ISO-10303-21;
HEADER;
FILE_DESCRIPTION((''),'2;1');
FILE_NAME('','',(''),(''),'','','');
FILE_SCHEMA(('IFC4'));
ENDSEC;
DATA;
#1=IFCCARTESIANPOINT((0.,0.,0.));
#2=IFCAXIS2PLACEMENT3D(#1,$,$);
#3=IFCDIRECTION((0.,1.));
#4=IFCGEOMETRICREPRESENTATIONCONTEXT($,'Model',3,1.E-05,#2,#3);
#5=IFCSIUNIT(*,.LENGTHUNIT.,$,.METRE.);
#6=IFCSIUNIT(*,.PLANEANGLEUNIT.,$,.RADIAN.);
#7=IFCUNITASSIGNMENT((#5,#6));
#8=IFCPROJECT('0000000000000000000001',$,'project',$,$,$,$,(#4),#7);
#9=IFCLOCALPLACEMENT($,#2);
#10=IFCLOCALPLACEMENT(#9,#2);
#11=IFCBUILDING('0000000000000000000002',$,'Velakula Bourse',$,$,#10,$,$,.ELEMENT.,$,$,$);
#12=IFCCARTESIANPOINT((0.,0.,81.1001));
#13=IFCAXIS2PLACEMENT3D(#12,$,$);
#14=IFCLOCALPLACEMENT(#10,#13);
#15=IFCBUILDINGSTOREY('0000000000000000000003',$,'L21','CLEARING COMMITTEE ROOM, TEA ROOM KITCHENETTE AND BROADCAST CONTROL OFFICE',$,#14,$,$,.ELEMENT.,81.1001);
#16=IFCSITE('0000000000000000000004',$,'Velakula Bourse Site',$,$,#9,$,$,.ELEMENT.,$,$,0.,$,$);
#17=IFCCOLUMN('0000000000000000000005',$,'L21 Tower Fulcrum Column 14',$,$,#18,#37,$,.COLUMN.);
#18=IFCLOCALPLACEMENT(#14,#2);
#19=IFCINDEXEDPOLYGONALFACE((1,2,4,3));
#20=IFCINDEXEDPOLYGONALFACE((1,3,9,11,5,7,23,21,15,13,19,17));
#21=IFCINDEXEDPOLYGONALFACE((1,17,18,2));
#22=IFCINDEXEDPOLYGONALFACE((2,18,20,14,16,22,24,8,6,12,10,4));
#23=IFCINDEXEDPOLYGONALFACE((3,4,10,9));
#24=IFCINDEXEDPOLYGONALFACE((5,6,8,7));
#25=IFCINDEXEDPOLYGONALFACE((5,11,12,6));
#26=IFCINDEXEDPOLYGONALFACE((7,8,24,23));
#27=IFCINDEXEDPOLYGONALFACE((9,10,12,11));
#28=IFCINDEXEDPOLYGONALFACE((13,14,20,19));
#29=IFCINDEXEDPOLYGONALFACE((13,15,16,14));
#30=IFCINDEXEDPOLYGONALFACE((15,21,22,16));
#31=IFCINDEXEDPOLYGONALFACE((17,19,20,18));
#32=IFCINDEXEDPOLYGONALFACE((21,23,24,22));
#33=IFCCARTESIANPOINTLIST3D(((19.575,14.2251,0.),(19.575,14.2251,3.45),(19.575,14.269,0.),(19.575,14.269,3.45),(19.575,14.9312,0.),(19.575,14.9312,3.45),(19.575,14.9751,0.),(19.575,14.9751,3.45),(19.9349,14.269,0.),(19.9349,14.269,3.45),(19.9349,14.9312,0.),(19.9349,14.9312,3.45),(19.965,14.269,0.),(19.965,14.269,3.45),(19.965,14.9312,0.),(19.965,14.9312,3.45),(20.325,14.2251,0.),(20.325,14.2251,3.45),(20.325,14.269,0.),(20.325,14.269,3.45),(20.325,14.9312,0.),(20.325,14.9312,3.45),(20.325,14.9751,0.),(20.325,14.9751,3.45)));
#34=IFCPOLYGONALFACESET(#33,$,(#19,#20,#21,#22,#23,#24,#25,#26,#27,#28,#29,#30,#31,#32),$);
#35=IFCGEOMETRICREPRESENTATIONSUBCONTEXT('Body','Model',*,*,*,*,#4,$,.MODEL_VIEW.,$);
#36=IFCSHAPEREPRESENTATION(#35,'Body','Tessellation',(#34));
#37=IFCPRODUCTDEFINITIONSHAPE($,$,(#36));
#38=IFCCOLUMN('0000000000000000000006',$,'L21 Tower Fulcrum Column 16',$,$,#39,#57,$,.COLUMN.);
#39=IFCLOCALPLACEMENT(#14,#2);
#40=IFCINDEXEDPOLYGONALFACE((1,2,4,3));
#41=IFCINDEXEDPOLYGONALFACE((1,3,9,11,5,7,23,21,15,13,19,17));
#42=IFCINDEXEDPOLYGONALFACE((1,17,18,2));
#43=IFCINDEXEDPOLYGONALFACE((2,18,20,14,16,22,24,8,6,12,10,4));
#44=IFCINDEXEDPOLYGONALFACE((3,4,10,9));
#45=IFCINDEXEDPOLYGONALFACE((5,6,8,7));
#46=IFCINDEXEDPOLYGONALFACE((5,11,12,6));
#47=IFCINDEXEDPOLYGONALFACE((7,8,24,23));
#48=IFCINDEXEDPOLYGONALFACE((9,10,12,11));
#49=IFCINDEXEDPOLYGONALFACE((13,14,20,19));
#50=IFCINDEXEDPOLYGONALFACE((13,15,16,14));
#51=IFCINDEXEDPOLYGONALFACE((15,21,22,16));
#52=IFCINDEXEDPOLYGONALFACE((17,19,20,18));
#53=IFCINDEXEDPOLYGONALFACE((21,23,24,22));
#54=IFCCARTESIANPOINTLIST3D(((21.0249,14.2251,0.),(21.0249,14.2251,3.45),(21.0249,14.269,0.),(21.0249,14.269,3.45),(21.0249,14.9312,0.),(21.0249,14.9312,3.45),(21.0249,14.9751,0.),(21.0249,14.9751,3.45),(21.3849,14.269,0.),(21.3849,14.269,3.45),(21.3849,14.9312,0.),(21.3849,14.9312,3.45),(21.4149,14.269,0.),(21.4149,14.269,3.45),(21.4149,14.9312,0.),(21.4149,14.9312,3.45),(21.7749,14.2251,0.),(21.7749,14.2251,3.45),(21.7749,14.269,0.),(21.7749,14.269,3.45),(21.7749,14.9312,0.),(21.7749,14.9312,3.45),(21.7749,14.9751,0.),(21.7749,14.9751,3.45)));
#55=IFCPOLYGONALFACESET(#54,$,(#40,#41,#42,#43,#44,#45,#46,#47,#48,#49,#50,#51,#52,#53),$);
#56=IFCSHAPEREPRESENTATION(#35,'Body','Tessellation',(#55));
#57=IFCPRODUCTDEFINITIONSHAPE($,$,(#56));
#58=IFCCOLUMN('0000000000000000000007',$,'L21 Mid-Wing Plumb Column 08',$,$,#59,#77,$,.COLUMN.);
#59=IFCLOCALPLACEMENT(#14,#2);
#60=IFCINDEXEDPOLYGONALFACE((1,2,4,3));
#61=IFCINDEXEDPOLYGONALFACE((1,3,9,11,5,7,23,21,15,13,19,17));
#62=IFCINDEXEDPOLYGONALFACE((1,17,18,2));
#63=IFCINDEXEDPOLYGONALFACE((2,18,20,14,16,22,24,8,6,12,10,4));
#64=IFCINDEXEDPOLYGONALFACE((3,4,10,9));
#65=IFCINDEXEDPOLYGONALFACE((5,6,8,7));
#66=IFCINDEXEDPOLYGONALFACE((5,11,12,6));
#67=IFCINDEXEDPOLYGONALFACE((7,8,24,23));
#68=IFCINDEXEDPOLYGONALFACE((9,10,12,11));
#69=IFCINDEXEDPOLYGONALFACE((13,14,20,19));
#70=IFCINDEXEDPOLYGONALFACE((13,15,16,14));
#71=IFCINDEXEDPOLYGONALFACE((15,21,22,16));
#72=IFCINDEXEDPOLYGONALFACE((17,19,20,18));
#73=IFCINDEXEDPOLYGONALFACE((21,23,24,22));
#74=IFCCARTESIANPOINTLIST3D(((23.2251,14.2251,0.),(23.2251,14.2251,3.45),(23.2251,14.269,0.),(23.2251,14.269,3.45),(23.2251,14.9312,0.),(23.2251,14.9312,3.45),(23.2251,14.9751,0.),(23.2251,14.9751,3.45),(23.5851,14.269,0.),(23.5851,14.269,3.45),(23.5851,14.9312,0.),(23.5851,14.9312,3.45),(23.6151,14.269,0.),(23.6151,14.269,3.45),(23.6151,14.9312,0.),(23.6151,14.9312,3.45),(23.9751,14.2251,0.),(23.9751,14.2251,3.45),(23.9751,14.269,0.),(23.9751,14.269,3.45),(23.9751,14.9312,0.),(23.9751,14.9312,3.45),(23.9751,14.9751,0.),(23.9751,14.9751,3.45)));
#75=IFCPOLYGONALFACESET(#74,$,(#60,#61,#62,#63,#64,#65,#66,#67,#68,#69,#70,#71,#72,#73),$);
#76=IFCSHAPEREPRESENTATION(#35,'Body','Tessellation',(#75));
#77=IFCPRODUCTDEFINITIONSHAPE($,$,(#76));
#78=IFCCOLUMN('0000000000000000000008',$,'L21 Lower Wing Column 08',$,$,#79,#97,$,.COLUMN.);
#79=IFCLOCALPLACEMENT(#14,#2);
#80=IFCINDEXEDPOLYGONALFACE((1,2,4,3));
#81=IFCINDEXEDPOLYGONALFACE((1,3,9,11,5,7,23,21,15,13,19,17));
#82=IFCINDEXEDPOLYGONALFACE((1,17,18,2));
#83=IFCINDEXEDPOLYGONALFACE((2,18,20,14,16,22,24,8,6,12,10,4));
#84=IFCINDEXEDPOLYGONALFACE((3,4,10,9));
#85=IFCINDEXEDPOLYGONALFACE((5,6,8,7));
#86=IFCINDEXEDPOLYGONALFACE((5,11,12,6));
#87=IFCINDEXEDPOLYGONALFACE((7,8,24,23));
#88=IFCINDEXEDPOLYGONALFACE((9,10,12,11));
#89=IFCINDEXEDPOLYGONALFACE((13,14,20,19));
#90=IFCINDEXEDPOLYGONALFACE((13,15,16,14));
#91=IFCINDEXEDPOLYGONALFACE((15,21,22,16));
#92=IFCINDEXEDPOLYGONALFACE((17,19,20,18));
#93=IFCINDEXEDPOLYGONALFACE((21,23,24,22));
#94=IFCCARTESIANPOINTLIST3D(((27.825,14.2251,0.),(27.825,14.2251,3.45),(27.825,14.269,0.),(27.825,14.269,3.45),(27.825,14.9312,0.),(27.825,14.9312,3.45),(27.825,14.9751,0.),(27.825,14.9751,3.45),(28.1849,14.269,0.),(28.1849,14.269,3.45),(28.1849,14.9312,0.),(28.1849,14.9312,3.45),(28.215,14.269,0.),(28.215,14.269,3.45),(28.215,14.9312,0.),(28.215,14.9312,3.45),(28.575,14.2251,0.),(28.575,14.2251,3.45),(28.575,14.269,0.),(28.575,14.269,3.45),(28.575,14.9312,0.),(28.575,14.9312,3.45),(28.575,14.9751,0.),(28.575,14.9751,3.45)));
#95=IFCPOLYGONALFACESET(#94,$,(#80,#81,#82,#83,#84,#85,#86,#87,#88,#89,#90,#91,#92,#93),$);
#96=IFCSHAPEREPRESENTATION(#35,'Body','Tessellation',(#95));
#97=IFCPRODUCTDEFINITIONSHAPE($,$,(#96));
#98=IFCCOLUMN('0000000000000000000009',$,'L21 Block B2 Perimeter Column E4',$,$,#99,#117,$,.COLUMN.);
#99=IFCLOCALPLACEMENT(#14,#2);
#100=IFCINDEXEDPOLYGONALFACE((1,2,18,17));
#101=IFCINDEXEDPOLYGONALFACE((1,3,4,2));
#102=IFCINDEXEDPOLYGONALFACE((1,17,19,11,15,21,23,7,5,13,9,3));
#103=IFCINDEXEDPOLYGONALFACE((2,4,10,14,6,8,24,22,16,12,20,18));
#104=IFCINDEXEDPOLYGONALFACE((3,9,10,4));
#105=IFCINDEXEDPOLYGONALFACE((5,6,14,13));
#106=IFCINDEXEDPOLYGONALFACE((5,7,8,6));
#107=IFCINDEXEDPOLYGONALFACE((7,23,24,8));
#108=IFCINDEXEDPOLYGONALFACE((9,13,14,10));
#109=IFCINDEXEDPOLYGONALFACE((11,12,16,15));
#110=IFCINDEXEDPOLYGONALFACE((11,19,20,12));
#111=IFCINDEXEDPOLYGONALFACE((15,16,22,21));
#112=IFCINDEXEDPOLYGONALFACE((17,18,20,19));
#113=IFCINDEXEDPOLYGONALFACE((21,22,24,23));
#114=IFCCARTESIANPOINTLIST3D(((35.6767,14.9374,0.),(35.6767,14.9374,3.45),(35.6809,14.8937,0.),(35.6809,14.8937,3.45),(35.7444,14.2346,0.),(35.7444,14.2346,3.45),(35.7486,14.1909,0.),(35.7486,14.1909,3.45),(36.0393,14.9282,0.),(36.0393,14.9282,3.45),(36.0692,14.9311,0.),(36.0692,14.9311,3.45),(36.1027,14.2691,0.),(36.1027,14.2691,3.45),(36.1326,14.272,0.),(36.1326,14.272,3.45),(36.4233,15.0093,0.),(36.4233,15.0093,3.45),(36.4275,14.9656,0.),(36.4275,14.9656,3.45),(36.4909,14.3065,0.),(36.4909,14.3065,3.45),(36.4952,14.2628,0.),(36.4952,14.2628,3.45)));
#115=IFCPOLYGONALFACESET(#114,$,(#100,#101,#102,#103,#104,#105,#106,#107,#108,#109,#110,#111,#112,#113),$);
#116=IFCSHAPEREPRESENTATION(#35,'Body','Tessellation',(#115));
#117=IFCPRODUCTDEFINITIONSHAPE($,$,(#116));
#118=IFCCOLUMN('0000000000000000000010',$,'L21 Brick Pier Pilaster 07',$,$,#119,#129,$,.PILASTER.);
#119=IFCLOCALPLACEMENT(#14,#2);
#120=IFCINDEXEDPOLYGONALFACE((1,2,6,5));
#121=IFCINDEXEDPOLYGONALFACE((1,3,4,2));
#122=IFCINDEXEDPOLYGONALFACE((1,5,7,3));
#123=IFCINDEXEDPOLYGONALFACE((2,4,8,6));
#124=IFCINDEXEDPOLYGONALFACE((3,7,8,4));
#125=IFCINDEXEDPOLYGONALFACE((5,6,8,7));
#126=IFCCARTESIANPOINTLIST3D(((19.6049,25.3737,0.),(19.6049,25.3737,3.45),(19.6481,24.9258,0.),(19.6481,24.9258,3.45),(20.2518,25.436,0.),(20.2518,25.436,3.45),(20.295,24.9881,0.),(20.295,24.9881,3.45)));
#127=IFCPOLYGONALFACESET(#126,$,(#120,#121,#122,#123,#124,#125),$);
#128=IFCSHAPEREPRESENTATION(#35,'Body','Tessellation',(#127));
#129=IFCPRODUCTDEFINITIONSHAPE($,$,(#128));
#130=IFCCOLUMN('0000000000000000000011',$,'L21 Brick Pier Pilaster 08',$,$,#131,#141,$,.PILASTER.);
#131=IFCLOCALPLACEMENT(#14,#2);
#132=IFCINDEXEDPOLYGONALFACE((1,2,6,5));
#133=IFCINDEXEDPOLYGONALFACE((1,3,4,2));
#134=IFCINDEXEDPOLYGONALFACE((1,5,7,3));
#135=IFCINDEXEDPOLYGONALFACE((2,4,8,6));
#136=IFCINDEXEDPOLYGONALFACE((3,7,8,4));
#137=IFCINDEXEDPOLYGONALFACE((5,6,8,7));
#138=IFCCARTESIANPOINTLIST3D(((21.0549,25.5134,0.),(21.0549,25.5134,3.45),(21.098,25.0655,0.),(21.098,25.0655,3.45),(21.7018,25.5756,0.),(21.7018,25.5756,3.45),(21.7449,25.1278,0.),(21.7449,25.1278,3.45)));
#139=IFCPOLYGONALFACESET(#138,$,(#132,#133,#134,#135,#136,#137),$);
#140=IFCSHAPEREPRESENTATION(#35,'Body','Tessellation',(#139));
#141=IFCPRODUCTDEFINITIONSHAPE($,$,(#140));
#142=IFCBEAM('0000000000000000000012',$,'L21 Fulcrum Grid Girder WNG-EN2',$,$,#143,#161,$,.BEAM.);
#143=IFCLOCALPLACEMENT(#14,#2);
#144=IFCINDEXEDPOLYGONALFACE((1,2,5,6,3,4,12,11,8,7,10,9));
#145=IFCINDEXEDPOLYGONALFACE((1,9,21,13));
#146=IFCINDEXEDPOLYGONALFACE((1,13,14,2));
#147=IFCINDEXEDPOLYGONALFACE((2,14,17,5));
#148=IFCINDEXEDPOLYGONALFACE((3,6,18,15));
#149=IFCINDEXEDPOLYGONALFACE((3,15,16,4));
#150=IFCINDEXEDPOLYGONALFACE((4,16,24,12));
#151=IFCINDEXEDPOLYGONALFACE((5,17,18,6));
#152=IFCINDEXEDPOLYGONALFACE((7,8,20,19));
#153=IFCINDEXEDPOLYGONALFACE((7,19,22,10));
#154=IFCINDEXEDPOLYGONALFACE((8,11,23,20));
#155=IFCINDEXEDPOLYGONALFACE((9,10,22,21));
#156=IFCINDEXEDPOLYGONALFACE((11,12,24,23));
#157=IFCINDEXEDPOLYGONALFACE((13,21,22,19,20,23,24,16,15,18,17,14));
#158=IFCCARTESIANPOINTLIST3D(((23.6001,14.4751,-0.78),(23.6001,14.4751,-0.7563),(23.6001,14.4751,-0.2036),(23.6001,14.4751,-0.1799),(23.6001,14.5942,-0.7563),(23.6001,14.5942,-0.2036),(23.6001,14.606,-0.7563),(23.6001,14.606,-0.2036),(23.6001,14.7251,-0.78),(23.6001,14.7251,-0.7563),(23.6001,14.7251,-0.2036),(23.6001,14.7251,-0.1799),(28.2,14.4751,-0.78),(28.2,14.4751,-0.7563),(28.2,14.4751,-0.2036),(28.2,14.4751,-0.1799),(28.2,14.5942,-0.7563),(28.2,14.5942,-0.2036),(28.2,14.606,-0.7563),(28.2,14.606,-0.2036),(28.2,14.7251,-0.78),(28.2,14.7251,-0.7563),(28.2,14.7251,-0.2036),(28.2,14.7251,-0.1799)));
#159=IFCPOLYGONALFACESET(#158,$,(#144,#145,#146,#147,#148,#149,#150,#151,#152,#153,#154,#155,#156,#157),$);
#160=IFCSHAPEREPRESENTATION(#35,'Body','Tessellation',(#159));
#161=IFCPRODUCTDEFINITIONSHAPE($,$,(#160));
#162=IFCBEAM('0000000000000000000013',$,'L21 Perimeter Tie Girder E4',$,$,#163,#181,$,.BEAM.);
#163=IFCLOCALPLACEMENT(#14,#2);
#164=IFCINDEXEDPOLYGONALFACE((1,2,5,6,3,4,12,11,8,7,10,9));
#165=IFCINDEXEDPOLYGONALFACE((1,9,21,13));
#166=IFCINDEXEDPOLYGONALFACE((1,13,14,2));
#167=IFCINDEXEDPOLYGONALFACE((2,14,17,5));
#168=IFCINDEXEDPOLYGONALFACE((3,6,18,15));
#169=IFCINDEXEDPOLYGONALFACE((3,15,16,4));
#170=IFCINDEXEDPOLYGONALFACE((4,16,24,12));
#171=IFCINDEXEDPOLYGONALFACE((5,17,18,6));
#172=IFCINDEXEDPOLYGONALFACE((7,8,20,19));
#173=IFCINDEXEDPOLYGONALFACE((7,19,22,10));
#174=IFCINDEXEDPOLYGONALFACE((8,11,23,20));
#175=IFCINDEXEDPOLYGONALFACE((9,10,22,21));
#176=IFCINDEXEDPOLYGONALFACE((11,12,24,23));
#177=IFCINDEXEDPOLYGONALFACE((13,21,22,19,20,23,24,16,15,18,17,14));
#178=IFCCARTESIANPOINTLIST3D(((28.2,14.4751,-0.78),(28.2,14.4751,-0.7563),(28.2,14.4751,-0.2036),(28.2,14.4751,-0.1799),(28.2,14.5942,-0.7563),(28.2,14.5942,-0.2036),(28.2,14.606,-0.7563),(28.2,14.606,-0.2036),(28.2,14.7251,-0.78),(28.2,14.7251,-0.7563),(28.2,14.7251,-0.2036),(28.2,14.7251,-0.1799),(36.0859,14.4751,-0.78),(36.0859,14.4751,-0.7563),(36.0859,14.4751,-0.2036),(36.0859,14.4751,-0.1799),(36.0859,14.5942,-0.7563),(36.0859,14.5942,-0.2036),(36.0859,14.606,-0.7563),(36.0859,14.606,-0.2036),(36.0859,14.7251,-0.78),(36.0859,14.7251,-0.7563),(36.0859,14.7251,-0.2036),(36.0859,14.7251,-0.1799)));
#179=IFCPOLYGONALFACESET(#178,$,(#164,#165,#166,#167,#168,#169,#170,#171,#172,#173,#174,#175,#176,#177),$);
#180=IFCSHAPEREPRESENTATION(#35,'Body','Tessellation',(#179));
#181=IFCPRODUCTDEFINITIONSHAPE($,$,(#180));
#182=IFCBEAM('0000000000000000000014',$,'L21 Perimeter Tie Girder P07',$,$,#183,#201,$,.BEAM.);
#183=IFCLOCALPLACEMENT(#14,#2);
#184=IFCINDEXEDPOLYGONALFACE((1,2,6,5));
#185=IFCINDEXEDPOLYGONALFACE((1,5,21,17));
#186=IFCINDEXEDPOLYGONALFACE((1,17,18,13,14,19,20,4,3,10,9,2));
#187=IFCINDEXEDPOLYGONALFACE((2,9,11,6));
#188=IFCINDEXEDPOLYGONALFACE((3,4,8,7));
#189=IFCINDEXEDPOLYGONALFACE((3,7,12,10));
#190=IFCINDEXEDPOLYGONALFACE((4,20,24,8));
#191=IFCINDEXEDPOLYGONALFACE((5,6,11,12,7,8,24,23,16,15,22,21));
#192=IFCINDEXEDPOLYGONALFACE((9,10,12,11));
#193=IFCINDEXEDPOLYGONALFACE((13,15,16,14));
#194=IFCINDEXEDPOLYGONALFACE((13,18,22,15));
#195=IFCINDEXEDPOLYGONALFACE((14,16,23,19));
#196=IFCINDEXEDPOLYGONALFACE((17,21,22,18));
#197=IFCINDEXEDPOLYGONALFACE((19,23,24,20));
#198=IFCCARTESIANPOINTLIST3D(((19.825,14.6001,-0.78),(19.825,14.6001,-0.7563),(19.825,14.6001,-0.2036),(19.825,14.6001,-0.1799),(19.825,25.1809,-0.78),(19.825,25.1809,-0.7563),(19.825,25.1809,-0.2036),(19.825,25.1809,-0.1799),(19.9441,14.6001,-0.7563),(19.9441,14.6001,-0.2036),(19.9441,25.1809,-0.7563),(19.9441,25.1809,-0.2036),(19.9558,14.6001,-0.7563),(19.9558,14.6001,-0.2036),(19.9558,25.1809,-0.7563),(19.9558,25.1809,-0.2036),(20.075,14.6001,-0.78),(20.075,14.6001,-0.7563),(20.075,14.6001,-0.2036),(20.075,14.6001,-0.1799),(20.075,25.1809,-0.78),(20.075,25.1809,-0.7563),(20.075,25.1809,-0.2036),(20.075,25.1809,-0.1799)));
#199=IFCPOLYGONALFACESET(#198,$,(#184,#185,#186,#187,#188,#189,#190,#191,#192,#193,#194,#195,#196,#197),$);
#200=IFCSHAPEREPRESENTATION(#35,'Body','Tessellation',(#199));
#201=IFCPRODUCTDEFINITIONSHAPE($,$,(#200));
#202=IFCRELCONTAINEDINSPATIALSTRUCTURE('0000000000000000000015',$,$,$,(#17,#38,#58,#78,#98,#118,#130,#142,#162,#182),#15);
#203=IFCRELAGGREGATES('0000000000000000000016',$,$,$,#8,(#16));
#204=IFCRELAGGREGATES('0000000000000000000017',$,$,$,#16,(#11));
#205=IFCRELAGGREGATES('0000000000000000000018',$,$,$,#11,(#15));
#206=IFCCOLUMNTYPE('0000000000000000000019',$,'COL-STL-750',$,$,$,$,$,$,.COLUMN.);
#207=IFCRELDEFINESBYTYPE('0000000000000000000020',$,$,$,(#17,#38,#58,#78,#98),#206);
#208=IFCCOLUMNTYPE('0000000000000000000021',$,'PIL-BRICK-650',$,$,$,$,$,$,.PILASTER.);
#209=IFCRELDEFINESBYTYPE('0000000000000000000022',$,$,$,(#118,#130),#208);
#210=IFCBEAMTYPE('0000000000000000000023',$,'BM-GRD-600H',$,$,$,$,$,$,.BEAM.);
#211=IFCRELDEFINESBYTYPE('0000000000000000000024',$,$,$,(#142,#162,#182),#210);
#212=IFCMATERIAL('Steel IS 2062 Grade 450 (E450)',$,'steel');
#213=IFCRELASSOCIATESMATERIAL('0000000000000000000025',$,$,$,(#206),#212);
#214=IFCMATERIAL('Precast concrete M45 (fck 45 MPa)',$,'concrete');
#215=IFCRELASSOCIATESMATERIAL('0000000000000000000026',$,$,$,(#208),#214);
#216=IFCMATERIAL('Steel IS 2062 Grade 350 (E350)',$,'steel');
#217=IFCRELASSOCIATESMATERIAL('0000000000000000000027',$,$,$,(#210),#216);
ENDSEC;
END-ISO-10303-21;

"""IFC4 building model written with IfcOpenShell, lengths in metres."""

from ifc_helpers import new_model, si_unit, direction, frame, origin, origin_2d, place, context, subcontext, project, spatial, rectangle, i_section, extrude, material, material_profile, profile_set, type_object, element, save


model = new_model("IFC4")

# Units and contexts
model_context = context("Model", 3, precision=1e-05, world=origin(), true_north=direction((0.0, 1.0)))
body_context = subcontext(model_context, "Body", "Model", "MODEL_VIEW")
ifc_project = project(units=[si_unit("LENGTHUNIT", "METRE"), si_unit("PLANEANGLEUNIT", "RADIAN")], contexts=[model_context])

# Site, building, storey
site_placement = place(None, origin())
site = spatial("IfcSite", under=ifc_project, at=site_placement, Name="Velakula Bourse Site", CompositionType="ELEMENT", RefElevation=0.0)
building_placement = place(site_placement, origin())
building = spatial("IfcBuilding", under=site, at=building_placement, Name="Velakula Bourse", CompositionType="ELEMENT")
storey_placement = place(building_placement, frame((0.0, 0.0, 81.1001)))
storey = spatial("IfcBuildingStorey", under=building, at=storey_placement, Name="L21", Description="CLEARING COMMITTEE ROOM, TEA ROOM KITCHENETTE AND BROADCAST CONTROL OFFICE", CompositionType="ELEMENT", Elevation=81.1001)

# Columns
ifc_material_1 = material(Name="Steel IS 2062 Grade 450 (E450)", Category="steel")
ifc_material_profile_1 = material_profile(ifc_material_1, i_section(OverallWidth=0.75, OverallDepth=0.75, WebThickness=0.03, FlangeThickness=0.0439, at=origin_2d()), Name="Steel IS 2062 Grade 450 (E450)")
ifc_profile_set_1 = profile_set([ifc_material_profile_1], Name="Steel IS 2062 Grade 450 (E450)")
column_type_1 = type_object("IfcColumnType", Name="COL-STL-750", PredefinedType="COLUMN", material=ifc_profile_set_1)
for number, where, z_axis, x_axis, name in (
    (1, (19.95, 14.6001, 0.0), (0.0, 0.0, 1.0), (1.0, 0.0, 0.0), "L21 Tower Fulcrum Column 14"),
    (2, (21.3999, 14.6001, 0.0), (0.0, 0.0, 1.0), (1.0, 0.0, 0.0), "L21 Tower Fulcrum Column 16"),
    (3, (23.6001, 14.6001, 0.0), (0.0, 0.0, 1.0), (1.0, 0.0, 0.0), "L21 Mid-Wing Plumb Column 08"),
    (4, (28.2, 14.6001, 0.0), (0.0, 0.0, 1.0), (1.0, 0.0, 0.0), "L21 Lower Wing Column 08"),
    (5, (36.0859, 14.6001, 0.0), (0.0, 0.0, 1.0), (0.995396, 0.095846, 0.0), "L21 Block B2 Perimeter Column E4"),
):
    element("IfcColumn", number, at=place(storey_placement, frame(where, z_axis=z_axis, x_axis=x_axis)), inside=storey, type_object=column_type_1, Name=name, PredefinedType="COLUMN", context=body_context, shape_type="SweptSolid", body=[
        extrude(i_section(OverallWidth=0.75, OverallDepth=0.75, WebThickness=0.03, FlangeThickness=0.0439, at=origin_2d()), origin(), (0.0, 0.0, 1.0), 3.45),
    ])
ifc_material_2 = material(Name="Precast concrete M45 (fck 45 MPa)", Category="concrete")
ifc_material_profile_2 = material_profile(ifc_material_2, rectangle(XDim=0.6499, YDim=0.45, at=origin_2d()), Name="Precast concrete M45 (fck 45 MPa)")
ifc_profile_set_2 = profile_set([ifc_material_profile_2], Name="Precast concrete M45 (fck 45 MPa)")
column_type_2 = type_object("IfcColumnType", Name="PIL-BRICK-650", PredefinedType="PILASTER", material=ifc_profile_set_2)
for number, where, z_axis, x_axis, name in (
    (6, (19.95, 25.1809, 0.0), (0.0, 0.0, 1.0), (0.995396, 0.095846, 0.0), "L21 Brick Pier Pilaster 07"),
    (7, (21.3999, 25.3206, 0.0), (0.0, 0.0, 1.0), (0.995396, 0.095846, 0.0), "L21 Brick Pier Pilaster 08"),
):
    element("IfcColumn", number, at=place(storey_placement, frame(where, z_axis=z_axis, x_axis=x_axis)), inside=storey, type_object=column_type_2, Name=name, PredefinedType="PILASTER", context=body_context, shape_type="SweptSolid", body=[
        extrude(rectangle(XDim=0.6499, YDim=0.45, at=origin_2d()), origin(), (0.0, 0.0, 1.0), 3.45),
    ])

# Beams
ifc_material_3 = material(Name="Steel IS 2062 Grade 350 (E350)", Category="steel")
ifc_material_profile_3 = material_profile(ifc_material_3, i_section(OverallWidth=0.25, OverallDepth=0.6001, WebThickness=0.0117, FlangeThickness=0.0237, at=origin_2d()), Name="Steel IS 2062 Grade 350 (E350)")
ifc_profile_set_3 = profile_set([ifc_material_profile_3], Name="Steel IS 2062 Grade 350 (E350)")
beam_type_1 = type_object("IfcBeamType", Name="BM-GRD-600H", PredefinedType="BEAM", material=ifc_profile_set_3)
beam_1_placement = place(storey_placement, frame((23.6001, 14.6001, -0.48), z_axis=(1.0, 0.0, 0.0), x_axis=(0.0, 1.0, 0.0)))
element("IfcBeam", 8, at=beam_1_placement, inside=storey, type_object=beam_type_1, Name="L21 Fulcrum Grid Girder WNG-EN2", PredefinedType="BEAM", context=body_context, shape_type="SweptSolid", body=[
    extrude(i_section(OverallWidth=0.25, OverallDepth=0.6001, WebThickness=0.0117, FlangeThickness=0.0237, at=origin_2d()), origin(), (0.0, 0.0, 1.0), 4.5999),
])
beam_2_placement = place(storey_placement, frame((28.2, 14.6001, -0.48), z_axis=(1.0, 0.0, 0.0), x_axis=(0.0, 1.0, 0.0)))
element("IfcBeam", 9, at=beam_2_placement, inside=storey, type_object=beam_type_1, Name="L21 Perimeter Tie Girder E4", PredefinedType="BEAM", context=body_context, shape_type="SweptSolid", body=[
    extrude(i_section(OverallWidth=0.25, OverallDepth=0.6001, WebThickness=0.0117, FlangeThickness=0.0237, at=origin_2d()), origin(), (0.0, 0.0, 1.0), 7.886),
])
beam_3_placement = place(storey_placement, frame((19.95, 14.6001, -0.48), z_axis=(0.0, 1.0, 0.0), x_axis=(-1.0, 0.0, 0.0)))
element("IfcBeam", 10, at=beam_3_placement, inside=storey, type_object=beam_type_1, Name="L21 Perimeter Tie Girder P07", PredefinedType="BEAM", context=body_context, shape_type="SweptSolid", body=[
    extrude(i_section(OverallWidth=0.25, OverallDepth=0.6001, WebThickness=0.0117, FlangeThickness=0.0237, at=origin_2d()), origin(), (0.0, 0.0, 1.0), 10.5808),
])

save(model, "model.ifc")
